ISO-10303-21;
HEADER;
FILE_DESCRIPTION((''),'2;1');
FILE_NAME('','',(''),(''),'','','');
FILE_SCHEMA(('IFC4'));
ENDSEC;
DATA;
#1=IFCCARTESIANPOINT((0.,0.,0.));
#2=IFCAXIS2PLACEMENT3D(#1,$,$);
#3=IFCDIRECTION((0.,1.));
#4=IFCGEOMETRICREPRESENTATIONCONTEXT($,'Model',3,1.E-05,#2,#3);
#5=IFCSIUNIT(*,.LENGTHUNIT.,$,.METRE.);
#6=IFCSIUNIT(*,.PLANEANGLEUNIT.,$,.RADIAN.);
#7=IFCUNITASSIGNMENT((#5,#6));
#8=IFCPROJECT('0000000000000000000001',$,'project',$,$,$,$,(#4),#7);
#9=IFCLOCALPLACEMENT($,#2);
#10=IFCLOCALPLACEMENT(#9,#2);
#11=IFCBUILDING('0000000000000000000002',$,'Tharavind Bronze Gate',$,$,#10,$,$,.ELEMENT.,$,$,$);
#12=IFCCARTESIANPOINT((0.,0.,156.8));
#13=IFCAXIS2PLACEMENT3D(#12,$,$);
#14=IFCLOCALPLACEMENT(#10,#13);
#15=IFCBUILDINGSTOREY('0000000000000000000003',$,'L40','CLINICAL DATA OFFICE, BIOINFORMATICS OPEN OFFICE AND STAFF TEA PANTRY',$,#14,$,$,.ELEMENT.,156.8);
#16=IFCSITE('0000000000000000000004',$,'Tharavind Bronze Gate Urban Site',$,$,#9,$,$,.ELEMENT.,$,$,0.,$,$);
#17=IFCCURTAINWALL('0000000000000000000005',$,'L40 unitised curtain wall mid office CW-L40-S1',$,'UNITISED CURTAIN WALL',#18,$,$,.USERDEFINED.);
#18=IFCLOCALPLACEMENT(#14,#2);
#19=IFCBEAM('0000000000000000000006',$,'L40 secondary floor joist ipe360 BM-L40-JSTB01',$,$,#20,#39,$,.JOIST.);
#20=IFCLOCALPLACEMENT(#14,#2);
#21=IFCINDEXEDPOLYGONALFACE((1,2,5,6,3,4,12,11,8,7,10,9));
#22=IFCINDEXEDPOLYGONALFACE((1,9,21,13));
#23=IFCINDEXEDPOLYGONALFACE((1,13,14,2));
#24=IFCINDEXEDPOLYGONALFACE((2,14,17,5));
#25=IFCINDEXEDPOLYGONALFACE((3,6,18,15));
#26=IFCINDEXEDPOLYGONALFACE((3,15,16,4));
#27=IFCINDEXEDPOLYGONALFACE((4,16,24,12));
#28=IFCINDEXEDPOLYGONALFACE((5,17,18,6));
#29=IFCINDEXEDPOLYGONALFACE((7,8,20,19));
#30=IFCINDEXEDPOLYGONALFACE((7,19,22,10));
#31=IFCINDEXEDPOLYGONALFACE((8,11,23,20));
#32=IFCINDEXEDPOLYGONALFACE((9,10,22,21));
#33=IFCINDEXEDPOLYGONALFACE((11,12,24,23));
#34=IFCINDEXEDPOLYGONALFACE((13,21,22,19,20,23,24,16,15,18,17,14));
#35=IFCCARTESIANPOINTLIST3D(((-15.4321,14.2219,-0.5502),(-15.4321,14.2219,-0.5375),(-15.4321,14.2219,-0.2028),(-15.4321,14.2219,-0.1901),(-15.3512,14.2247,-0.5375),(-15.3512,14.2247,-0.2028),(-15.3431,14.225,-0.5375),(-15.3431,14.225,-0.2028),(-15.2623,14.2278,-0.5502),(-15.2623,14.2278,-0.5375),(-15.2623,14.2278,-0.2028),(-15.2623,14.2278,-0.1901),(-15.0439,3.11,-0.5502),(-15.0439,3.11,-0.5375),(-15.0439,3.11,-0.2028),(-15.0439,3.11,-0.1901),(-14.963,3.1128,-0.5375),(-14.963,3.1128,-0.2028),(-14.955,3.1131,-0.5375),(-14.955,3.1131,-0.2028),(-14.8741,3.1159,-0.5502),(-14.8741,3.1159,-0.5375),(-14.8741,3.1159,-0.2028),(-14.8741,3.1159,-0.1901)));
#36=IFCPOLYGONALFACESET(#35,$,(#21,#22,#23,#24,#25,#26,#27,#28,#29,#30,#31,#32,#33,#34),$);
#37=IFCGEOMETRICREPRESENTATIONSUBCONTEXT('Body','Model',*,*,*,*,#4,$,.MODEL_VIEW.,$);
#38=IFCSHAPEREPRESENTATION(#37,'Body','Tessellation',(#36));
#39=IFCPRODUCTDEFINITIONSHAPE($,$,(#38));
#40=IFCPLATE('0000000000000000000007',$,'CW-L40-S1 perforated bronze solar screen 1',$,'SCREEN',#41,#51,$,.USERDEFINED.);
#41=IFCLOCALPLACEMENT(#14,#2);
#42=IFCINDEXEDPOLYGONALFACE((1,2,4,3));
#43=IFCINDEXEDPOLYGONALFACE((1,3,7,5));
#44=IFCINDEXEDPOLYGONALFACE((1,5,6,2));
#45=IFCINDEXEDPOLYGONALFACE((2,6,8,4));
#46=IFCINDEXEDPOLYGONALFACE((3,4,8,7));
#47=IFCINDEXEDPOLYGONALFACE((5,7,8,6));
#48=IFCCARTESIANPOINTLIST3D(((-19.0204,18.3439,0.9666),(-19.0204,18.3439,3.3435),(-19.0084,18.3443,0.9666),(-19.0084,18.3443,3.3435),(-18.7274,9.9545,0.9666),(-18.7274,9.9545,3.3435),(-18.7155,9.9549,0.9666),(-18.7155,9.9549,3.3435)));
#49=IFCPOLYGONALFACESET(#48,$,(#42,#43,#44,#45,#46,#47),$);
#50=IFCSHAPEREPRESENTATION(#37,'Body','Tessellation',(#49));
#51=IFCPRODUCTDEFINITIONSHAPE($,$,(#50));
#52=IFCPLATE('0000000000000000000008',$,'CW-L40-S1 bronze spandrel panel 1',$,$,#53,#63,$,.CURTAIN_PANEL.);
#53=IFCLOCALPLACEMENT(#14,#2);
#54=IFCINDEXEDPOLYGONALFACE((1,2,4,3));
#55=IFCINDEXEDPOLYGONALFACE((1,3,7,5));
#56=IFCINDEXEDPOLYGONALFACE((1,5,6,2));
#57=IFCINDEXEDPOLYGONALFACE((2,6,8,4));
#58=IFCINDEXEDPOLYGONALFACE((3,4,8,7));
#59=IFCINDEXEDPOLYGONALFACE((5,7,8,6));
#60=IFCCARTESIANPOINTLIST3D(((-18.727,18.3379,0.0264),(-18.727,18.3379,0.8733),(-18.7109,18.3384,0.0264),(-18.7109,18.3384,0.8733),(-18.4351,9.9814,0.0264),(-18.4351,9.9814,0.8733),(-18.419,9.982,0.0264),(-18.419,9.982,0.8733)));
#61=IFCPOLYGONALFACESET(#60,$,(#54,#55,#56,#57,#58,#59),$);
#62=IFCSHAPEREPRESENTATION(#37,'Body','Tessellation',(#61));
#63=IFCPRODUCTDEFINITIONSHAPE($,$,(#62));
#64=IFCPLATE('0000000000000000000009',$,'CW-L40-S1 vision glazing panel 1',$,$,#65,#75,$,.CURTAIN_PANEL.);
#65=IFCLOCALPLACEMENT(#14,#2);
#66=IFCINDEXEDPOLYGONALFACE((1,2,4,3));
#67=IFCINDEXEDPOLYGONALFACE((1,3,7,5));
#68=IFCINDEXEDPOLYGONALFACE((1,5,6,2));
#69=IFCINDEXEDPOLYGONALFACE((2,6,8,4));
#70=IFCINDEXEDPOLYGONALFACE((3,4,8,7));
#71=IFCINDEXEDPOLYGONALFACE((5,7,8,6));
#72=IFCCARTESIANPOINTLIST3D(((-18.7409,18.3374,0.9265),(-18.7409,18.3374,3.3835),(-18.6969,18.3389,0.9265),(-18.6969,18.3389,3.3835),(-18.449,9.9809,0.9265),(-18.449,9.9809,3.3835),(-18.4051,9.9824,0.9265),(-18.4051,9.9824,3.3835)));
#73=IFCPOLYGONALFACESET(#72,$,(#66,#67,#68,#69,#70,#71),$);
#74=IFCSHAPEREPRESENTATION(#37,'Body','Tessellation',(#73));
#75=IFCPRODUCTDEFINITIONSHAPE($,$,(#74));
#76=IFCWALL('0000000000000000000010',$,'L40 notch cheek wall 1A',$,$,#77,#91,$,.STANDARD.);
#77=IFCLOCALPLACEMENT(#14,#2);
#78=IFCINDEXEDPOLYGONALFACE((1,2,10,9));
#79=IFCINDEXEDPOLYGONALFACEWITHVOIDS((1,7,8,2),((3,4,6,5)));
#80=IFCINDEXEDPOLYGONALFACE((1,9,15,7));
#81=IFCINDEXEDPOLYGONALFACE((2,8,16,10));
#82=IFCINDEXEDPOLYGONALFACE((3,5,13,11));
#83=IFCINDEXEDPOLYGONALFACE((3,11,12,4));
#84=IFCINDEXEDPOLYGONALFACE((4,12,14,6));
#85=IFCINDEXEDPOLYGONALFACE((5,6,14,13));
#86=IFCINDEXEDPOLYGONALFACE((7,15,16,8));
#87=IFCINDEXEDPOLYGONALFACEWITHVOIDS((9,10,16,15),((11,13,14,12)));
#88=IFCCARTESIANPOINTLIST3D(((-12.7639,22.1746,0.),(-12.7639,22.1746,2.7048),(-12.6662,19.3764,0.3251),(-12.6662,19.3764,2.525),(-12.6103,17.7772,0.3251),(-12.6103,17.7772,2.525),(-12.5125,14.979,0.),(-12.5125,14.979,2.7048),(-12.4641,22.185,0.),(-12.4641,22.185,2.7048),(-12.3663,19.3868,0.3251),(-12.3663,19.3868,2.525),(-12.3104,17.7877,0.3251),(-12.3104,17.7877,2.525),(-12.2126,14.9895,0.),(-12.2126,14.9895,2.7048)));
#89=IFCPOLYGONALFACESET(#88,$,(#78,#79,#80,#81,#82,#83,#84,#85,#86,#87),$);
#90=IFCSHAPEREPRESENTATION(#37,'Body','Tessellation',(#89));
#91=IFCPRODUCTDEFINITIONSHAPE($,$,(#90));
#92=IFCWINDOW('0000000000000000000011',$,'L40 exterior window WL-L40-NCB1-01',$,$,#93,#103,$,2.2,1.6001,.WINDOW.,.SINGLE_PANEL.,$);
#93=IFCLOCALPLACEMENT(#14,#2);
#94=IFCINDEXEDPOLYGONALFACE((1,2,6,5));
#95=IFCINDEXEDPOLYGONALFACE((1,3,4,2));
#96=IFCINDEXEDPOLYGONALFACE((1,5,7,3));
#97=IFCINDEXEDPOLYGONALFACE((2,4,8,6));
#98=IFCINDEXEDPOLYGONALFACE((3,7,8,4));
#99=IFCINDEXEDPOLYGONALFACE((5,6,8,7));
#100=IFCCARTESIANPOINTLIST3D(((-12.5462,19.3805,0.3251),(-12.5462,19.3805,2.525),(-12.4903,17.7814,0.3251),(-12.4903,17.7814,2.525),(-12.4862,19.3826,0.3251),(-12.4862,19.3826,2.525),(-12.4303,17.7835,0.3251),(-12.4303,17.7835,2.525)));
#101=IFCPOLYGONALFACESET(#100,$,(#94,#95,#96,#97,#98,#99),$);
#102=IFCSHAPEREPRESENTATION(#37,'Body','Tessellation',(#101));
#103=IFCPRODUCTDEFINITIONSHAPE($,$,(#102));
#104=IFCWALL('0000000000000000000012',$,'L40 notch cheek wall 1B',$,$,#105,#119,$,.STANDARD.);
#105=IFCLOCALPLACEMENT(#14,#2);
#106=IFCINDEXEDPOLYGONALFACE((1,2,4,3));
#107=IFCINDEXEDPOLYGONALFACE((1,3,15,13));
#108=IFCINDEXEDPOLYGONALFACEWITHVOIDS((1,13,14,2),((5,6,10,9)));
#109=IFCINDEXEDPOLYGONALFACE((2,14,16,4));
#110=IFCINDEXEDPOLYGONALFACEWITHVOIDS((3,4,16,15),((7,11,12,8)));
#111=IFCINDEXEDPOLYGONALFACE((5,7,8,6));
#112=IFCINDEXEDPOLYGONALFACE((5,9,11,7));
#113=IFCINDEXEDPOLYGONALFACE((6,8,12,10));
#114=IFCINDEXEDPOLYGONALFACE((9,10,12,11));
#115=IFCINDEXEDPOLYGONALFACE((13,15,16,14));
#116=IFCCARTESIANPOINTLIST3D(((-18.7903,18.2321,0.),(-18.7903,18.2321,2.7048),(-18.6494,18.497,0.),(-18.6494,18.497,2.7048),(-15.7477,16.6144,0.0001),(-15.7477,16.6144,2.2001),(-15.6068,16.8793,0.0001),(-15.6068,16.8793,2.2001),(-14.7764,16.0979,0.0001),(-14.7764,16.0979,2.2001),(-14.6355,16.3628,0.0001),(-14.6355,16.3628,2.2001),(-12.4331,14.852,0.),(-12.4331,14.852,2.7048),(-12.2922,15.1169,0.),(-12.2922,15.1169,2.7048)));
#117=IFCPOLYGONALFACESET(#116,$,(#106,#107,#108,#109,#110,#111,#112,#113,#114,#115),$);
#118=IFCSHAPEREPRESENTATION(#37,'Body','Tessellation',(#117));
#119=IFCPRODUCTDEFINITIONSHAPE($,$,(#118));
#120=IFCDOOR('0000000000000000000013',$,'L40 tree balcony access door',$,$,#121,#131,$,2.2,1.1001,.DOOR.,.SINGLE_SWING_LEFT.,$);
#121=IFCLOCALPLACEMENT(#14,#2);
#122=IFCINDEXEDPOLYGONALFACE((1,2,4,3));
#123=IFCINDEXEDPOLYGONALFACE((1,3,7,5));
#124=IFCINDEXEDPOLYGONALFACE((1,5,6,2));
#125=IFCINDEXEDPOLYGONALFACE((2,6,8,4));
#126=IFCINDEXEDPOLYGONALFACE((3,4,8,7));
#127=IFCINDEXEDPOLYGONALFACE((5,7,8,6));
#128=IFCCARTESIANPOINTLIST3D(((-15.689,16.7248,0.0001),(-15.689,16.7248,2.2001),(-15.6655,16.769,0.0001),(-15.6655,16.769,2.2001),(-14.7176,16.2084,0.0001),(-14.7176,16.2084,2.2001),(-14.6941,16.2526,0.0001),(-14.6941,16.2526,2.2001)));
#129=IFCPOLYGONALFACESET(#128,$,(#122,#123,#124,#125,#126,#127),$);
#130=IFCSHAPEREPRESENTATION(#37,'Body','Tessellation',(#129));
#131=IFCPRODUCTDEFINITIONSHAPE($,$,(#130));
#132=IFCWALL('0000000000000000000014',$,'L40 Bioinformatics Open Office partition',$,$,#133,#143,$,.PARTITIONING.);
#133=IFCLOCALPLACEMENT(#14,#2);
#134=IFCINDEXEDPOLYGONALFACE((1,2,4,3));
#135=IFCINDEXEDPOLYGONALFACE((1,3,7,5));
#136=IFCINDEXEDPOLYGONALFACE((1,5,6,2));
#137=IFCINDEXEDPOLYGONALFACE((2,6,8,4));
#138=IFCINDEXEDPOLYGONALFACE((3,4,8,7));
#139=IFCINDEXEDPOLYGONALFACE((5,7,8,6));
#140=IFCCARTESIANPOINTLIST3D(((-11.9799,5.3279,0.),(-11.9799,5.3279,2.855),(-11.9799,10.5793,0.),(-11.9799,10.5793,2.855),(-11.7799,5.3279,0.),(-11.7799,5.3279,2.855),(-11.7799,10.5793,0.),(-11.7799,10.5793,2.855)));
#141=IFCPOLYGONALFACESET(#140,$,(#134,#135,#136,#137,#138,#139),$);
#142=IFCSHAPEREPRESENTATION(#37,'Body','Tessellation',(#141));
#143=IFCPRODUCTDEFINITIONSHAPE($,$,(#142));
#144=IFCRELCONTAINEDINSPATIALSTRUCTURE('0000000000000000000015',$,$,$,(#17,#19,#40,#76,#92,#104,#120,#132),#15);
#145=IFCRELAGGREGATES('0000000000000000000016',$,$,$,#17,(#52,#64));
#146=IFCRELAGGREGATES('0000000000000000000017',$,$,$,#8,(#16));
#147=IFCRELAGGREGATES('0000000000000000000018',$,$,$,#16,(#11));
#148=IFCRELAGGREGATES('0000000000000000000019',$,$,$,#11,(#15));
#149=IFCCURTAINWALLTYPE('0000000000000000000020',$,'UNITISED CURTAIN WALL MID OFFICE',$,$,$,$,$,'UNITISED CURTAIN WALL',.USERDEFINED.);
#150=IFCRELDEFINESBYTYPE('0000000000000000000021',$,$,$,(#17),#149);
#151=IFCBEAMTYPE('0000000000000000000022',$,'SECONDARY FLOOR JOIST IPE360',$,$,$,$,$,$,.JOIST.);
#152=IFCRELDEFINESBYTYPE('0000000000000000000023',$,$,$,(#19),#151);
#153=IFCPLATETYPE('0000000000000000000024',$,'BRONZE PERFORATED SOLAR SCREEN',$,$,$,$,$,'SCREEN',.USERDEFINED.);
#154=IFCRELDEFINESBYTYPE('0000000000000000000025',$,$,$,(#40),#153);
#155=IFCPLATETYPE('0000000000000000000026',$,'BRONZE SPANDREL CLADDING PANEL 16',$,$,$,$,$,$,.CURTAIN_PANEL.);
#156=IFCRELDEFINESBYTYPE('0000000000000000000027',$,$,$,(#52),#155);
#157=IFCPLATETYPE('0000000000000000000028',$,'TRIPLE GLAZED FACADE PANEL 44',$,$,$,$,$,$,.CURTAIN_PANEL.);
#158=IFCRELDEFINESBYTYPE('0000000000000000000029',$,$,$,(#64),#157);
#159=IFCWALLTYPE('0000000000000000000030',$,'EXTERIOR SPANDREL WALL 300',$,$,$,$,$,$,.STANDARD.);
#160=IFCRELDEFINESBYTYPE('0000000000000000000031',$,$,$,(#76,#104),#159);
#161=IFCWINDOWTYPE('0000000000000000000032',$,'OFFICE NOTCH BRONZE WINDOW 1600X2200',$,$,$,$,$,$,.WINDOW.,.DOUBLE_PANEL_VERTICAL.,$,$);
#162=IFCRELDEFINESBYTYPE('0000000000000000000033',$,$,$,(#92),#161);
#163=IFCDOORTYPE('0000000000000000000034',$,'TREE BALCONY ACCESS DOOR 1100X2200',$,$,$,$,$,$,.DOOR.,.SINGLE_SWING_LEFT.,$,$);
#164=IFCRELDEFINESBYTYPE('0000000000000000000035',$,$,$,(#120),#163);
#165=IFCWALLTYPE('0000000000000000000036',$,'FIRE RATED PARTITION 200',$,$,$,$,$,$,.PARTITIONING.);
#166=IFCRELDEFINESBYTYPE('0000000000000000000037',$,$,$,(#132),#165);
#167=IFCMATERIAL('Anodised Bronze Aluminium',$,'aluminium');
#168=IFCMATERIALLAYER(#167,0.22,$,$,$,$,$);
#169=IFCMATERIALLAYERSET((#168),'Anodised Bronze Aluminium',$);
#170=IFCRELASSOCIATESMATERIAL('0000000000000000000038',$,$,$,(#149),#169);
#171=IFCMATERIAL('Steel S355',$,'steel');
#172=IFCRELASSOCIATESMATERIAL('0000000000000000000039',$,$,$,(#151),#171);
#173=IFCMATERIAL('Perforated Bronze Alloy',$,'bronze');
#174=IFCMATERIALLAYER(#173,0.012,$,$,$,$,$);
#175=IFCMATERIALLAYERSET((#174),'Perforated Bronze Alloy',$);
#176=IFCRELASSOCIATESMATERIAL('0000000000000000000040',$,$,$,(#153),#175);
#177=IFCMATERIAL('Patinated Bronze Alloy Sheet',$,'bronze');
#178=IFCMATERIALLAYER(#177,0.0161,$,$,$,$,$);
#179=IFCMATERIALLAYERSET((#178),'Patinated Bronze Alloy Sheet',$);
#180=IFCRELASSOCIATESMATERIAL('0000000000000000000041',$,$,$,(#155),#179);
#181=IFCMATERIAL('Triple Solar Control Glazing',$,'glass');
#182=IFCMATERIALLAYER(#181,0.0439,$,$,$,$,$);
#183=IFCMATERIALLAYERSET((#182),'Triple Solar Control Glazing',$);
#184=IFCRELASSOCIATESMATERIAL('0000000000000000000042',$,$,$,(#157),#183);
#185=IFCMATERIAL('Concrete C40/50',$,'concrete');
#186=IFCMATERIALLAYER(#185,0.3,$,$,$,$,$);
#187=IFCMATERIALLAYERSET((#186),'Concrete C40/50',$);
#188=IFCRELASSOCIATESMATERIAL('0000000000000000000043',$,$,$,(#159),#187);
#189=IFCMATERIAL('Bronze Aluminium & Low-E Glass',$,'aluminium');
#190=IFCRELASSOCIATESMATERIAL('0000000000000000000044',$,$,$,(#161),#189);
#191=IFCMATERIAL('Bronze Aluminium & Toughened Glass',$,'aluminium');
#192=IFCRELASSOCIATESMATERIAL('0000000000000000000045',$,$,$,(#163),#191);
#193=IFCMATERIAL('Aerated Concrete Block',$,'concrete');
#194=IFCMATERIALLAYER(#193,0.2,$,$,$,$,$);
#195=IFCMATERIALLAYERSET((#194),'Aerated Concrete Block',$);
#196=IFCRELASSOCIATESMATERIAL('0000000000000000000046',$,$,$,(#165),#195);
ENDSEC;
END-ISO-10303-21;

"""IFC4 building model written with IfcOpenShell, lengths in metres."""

from ifc_helpers import new_model, si_unit, direction, frame, frame_2d, origin, origin_2d, place, context, subcontext, project, spatial, rectangle, i_section, extrude, material, layer, layer_set, material_profile, profile_set, type_object, element, fill, aggregate, save


model = new_model("IFC4")

# Units and contexts
model_context = context("Model", 3, precision=1e-05, world=origin(), true_north=direction((0.0, 1.0)))
body_context = subcontext(model_context, "Body", "Model", "MODEL_VIEW")
ifc_project = project(units=[si_unit("LENGTHUNIT", "METRE"), si_unit("PLANEANGLEUNIT", "RADIAN")], contexts=[model_context])

# Site, building, storey
site_placement = place(None, origin())
site = spatial("IfcSite", under=ifc_project, at=site_placement, Name="Tharavind Bronze Gate Urban Site", CompositionType="ELEMENT", RefElevation=0.0)
building_placement = place(site_placement, origin())
building = spatial("IfcBuilding", under=site, at=building_placement, Name="Tharavind Bronze Gate", CompositionType="ELEMENT")
storey_placement = place(building_placement, frame((0.0, 0.0, 156.8)))
storey = spatial("IfcBuildingStorey", under=building, at=storey_placement, Name="L40", Description="CLINICAL DATA OFFICE, BIOINFORMATICS OPEN OFFICE AND STAFF TEA PANTRY", CompositionType="ELEMENT", Elevation=156.8)

# Curtain wall
ifc_material_1 = material(Name="Anodised Bronze Aluminium", Category="aluminium")
ifc_layer_1 = layer(ifc_material_1, 0.22)
ifc_layer_set_1 = layer_set([ifc_layer_1], Name="Anodised Bronze Aluminium")
curtain_wall_type = type_object("IfcCurtainWallType", Name="UNITISED CURTAIN WALL MID OFFICE", ElementType="UNITISED CURTAIN WALL", PredefinedType="USERDEFINED", material=ifc_layer_set_1)
curtain_wall_1_placement = place(storey_placement, origin())
curtain_wall_1 = element("IfcCurtainWall", 1, at=curtain_wall_1_placement, inside=storey, type_object=curtain_wall_type, Name="L40 unitised curtain wall mid office CW-L40-S1", ObjectType="UNITISED CURTAIN WALL", PredefinedType="USERDEFINED")

# Beam
ifc_material_2 = material(Name="Steel S355", Category="steel")
ifc_material_profile_1 = material_profile(ifc_material_2, i_section(OverallWidth=0.1699, OverallDepth=0.3601, WebThickness=0.0081, FlangeThickness=0.0127, at=origin_2d()), Name="IPE360")
ifc_profile_set_1 = profile_set([ifc_material_profile_1], Name="Steel S355")
beam_type_1 = type_object("IfcBeamType", Name="SECONDARY FLOOR JOIST IPE360", PredefinedType="JOIST", material=ifc_profile_set_1)
beam_1_placement = place(storey_placement, frame((-15.3472, 14.2249, -0.3701), z_axis=(0.034913, -0.99939, 0.0), x_axis=(0.99939, 0.034913, 0.0)))
element("IfcBeam", 2, at=beam_1_placement, inside=storey, type_object=beam_type_1, Name="L40 secondary floor joist ipe360 BM-L40-JSTB01", PredefinedType="JOIST", context=body_context, shape_type="SweptSolid", body=[
    extrude(i_section(OverallWidth=0.1699, OverallDepth=0.3601, WebThickness=0.0081, FlangeThickness=0.0127, at=origin_2d()), origin(), (0.0, 0.0, 1.0), 11.1187),
])

# Plates
ifc_material_3 = material(Name="Perforated Bronze Alloy", Category="bronze")
ifc_layer_2 = layer(ifc_material_3, 0.012)
ifc_layer_set_2 = layer_set([ifc_layer_2], Name="Perforated Bronze Alloy")
plate_type_1 = type_object("IfcPlateType", Name="BRONZE PERFORATED SOLAR SCREEN", ElementType="SCREEN", PredefinedType="USERDEFINED", material=ifc_layer_set_2)
plate_1_placement = place(storey_placement, frame((-18.8679, 14.1494, 0.9666), z_axis=(0.0, 0.0, 1.0), x_axis=(0.034899, -0.999391, 0.0)))
element("IfcPlate", 3, at=plate_1_placement, inside=storey, type_object=plate_type_1, Name="CW-L40-S1 perforated bronze solar screen 1", ObjectType="SCREEN", PredefinedType="USERDEFINED", context=body_context, shape_type="SweptSolid", body=[
    extrude(rectangle(XDim=8.3945, YDim=0.012, at=origin_2d()), origin(), (0.0, 0.0, 1.0), 2.377),
])
ifc_material_4 = material(Name="Patinated Bronze Alloy Sheet", Category="bronze")
ifc_layer_3 = layer(ifc_material_4, 0.0161)
ifc_layer_set_3 = layer_set([ifc_layer_3], Name="Patinated Bronze Alloy Sheet")
plate_type_2 = type_object("IfcPlateType", Name="BRONZE SPANDREL CLADDING PANEL 16", PredefinedType="CURTAIN_PANEL", material=ifc_layer_set_3)
plate_2_placement = place(storey_placement, frame((-18.573, 14.1599, 0.0264), z_axis=(0.0, 0.0, 1.0), x_axis=(0.034899, -0.999391, 0.0)))
plate_2 = element("IfcPlate", 4, at=plate_2_placement, type_object=plate_type_2, Name="CW-L40-S1 bronze spandrel panel 1", PredefinedType="CURTAIN_PANEL", context=body_context, shape_type="SweptSolid", body=[
    extrude(rectangle(XDim=8.3616, YDim=0.0161, at=origin_2d()), origin(), (0.0, 0.0, 1.0), 0.8469),
])
ifc_material_5 = material(Name="Triple Solar Control Glazing", Category="glass")
ifc_layer_4 = layer(ifc_material_5, 0.0439)
ifc_layer_set_4 = layer_set([ifc_layer_4], Name="Triple Solar Control Glazing")
plate_type_3 = type_object("IfcPlateType", Name="TRIPLE GLAZED FACADE PANEL 44", PredefinedType="CURTAIN_PANEL", material=ifc_layer_set_4)
plate_3_placement = place(storey_placement, frame((-18.573, 14.1599, 0.9265), z_axis=(0.0, 0.0, 1.0), x_axis=(0.034899, -0.999391, 0.0)))
plate_3 = element("IfcPlate", 5, at=plate_3_placement, type_object=plate_type_3, Name="CW-L40-S1 vision glazing panel 1", PredefinedType="CURTAIN_PANEL", context=body_context, shape_type="SweptSolid", body=[
    extrude(rectangle(XDim=8.3616, YDim=0.0439, at=origin_2d()), origin(), (0.0, 0.0, 1.0), 2.457),
])
aggregate(curtain_wall_1, [plate_2, plate_3])

# Wall, opening, window
ifc_material_6 = material(Name="Concrete C40/50", Category="concrete")
ifc_layer_5 = layer(ifc_material_6, 0.3)
ifc_layer_set_5 = layer_set([ifc_layer_5], Name="Concrete C40/50")
wall_type_1 = type_object("IfcWallType", Name="EXTERIOR SPANDREL WALL 300", PredefinedType="STANDARD", material=ifc_layer_set_5)
wall_1_placement = place(storey_placement, frame((-12.614, 22.1799, 0.0), z_axis=(0.0, 0.0, 1.0), x_axis=(0.034926, -0.99939, 0.0)))
wall_1 = element("IfcWall", 6, at=wall_1_placement, inside=storey, type_object=wall_type_1, Name="L40 notch cheek wall 1A", PredefinedType="STANDARD", context=body_context, shape_type="SweptSolid", body=[
    extrude(rectangle(XDim=7.2, YDim=0.3, at=frame_2d((3.6001, 0.0))), origin(), (0.0, 0.0, 1.0), 2.7048),
])
opening_1_placement = place(wall_1_placement, frame((2.8, 0.0, 0.325)))
opening_1 = element("IfcOpeningElement", 7, at=opening_1_placement, cuts=wall_1, PredefinedType="OPENING", context=body_context, shape_type="SweptSolid", body=[
    extrude(rectangle(XDim=1.6001, YDim=2.2, at=frame_2d((0.8, 1.1001))), frame((0.0, 0.1599, 0.0), z_axis=(0.0, -1.0, 0.0), x_axis=(1.0, 0.0, 0.0)), (0.0, 0.0, 1.0), 0.32),
])
ifc_material_7 = material(Name="Bronze Aluminium & Low-E Glass", Category="aluminium")
window_type = type_object("IfcWindowType", Name="OFFICE NOTCH BRONZE WINDOW 1600X2200", PartitioningType="DOUBLE_PANEL_VERTICAL", PredefinedType="WINDOW", material=ifc_material_7)
window_placement = place(opening_1_placement, origin())
window = element("IfcWindow", 8, at=window_placement, inside=storey, type_object=window_type, Name="L40 exterior window WL-L40-NCB1-01", OverallHeight=2.2, OverallWidth=1.6001, PartitioningType="SINGLE_PANEL", PredefinedType="WINDOW", context=body_context, shape_type="SweptSolid", body=[
    extrude(rectangle(XDim=1.6001, YDim=2.2, at=frame_2d((0.8, 1.1001))), frame((0.0, 0.03, 0.0), z_axis=(0.0, -1.0, 0.0), x_axis=(1.0, 0.0, 0.0)), (0.0, 0.0, 1.0), 0.0601),
])
fill(opening_1, window)

# Wall, opening, door
wall_2_placement = place(storey_placement, frame((-12.3625, 14.9844, 0.0), z_axis=(0.0, 0.0, 1.0), x_axis=(-0.88295, 0.469467, 0.0)))
wall_2 = element("IfcWall", 9, at=wall_2_placement, inside=storey, type_object=wall_type_1, Name="L40 notch cheek wall 1B", PredefinedType="STANDARD", context=body_context, shape_type="SweptSolid", body=[
    extrude(rectangle(XDim=7.2, YDim=0.3, at=frame_2d((3.6001, 0.0))), origin(), (0.0, 0.0, 1.0), 2.7048),
])
opening_2_placement = place(wall_2_placement, frame((2.6541, 0.0, 0.0)))
opening_2 = element("IfcOpeningElement", 10, at=opening_2_placement, cuts=wall_2, PredefinedType="OPENING", context=body_context, shape_type="SweptSolid", body=[
    extrude(rectangle(XDim=1.1001, YDim=2.2, at=frame_2d((0.55, 1.1001))), frame((0.0, 0.1599, 0.0), z_axis=(0.0, -1.0, 0.0), x_axis=(1.0, 0.0, 0.0)), (0.0, 0.0, 1.0), 0.32),
])
ifc_material_8 = material(Name="Bronze Aluminium & Toughened Glass", Category="aluminium")
door_type = type_object("IfcDoorType", Name="TREE BALCONY ACCESS DOOR 1100X2200", OperationType="SINGLE_SWING_LEFT", PredefinedType="DOOR", material=ifc_material_8)
door_placement = place(opening_2_placement, origin())
door = element("IfcDoor", 11, at=door_placement, inside=storey, type_object=door_type, Name="L40 tree balcony access door", OperationType="SINGLE_SWING_LEFT", OverallHeight=2.2, OverallWidth=1.1001, PredefinedType="DOOR", context=body_context, shape_type="SweptSolid", body=[
    extrude(rectangle(XDim=1.1001, YDim=2.2, at=frame_2d((0.55, 1.1001))), frame((0.0, 0.0249, 0.0), z_axis=(0.0, -1.0, 0.0), x_axis=(1.0, 0.0, 0.0)), (0.0, 0.0, 1.0), 0.05),
])
fill(opening_2, door)

# Wall
ifc_material_9 = material(Name="Aerated Concrete Block", Category="concrete")
ifc_layer_6 = layer(ifc_material_9, 0.2)
ifc_layer_set_6 = layer_set([ifc_layer_6], Name="Aerated Concrete Block")
wall_type_2 = type_object("IfcWallType", Name="FIRE RATED PARTITION 200", PredefinedType="PARTITIONING", material=ifc_layer_set_6)
wall_3_placement = place(storey_placement, frame((-11.8799, 10.5793, 0.0), z_axis=(0.0, 0.0, 1.0), x_axis=(0.0, -1.0, 0.0)))
element("IfcWall", 12, at=wall_3_placement, inside=storey, type_object=wall_type_2, Name="L40 Bioinformatics Open Office partition", PredefinedType="PARTITIONING", context=body_context, shape_type="SweptSolid", body=[
    extrude(rectangle(XDim=5.2515, YDim=0.2, at=frame_2d((2.6257, 0.0))), origin(), (0.0, 0.0, 1.0), 2.855),
])

save(model, "model.ifc")
